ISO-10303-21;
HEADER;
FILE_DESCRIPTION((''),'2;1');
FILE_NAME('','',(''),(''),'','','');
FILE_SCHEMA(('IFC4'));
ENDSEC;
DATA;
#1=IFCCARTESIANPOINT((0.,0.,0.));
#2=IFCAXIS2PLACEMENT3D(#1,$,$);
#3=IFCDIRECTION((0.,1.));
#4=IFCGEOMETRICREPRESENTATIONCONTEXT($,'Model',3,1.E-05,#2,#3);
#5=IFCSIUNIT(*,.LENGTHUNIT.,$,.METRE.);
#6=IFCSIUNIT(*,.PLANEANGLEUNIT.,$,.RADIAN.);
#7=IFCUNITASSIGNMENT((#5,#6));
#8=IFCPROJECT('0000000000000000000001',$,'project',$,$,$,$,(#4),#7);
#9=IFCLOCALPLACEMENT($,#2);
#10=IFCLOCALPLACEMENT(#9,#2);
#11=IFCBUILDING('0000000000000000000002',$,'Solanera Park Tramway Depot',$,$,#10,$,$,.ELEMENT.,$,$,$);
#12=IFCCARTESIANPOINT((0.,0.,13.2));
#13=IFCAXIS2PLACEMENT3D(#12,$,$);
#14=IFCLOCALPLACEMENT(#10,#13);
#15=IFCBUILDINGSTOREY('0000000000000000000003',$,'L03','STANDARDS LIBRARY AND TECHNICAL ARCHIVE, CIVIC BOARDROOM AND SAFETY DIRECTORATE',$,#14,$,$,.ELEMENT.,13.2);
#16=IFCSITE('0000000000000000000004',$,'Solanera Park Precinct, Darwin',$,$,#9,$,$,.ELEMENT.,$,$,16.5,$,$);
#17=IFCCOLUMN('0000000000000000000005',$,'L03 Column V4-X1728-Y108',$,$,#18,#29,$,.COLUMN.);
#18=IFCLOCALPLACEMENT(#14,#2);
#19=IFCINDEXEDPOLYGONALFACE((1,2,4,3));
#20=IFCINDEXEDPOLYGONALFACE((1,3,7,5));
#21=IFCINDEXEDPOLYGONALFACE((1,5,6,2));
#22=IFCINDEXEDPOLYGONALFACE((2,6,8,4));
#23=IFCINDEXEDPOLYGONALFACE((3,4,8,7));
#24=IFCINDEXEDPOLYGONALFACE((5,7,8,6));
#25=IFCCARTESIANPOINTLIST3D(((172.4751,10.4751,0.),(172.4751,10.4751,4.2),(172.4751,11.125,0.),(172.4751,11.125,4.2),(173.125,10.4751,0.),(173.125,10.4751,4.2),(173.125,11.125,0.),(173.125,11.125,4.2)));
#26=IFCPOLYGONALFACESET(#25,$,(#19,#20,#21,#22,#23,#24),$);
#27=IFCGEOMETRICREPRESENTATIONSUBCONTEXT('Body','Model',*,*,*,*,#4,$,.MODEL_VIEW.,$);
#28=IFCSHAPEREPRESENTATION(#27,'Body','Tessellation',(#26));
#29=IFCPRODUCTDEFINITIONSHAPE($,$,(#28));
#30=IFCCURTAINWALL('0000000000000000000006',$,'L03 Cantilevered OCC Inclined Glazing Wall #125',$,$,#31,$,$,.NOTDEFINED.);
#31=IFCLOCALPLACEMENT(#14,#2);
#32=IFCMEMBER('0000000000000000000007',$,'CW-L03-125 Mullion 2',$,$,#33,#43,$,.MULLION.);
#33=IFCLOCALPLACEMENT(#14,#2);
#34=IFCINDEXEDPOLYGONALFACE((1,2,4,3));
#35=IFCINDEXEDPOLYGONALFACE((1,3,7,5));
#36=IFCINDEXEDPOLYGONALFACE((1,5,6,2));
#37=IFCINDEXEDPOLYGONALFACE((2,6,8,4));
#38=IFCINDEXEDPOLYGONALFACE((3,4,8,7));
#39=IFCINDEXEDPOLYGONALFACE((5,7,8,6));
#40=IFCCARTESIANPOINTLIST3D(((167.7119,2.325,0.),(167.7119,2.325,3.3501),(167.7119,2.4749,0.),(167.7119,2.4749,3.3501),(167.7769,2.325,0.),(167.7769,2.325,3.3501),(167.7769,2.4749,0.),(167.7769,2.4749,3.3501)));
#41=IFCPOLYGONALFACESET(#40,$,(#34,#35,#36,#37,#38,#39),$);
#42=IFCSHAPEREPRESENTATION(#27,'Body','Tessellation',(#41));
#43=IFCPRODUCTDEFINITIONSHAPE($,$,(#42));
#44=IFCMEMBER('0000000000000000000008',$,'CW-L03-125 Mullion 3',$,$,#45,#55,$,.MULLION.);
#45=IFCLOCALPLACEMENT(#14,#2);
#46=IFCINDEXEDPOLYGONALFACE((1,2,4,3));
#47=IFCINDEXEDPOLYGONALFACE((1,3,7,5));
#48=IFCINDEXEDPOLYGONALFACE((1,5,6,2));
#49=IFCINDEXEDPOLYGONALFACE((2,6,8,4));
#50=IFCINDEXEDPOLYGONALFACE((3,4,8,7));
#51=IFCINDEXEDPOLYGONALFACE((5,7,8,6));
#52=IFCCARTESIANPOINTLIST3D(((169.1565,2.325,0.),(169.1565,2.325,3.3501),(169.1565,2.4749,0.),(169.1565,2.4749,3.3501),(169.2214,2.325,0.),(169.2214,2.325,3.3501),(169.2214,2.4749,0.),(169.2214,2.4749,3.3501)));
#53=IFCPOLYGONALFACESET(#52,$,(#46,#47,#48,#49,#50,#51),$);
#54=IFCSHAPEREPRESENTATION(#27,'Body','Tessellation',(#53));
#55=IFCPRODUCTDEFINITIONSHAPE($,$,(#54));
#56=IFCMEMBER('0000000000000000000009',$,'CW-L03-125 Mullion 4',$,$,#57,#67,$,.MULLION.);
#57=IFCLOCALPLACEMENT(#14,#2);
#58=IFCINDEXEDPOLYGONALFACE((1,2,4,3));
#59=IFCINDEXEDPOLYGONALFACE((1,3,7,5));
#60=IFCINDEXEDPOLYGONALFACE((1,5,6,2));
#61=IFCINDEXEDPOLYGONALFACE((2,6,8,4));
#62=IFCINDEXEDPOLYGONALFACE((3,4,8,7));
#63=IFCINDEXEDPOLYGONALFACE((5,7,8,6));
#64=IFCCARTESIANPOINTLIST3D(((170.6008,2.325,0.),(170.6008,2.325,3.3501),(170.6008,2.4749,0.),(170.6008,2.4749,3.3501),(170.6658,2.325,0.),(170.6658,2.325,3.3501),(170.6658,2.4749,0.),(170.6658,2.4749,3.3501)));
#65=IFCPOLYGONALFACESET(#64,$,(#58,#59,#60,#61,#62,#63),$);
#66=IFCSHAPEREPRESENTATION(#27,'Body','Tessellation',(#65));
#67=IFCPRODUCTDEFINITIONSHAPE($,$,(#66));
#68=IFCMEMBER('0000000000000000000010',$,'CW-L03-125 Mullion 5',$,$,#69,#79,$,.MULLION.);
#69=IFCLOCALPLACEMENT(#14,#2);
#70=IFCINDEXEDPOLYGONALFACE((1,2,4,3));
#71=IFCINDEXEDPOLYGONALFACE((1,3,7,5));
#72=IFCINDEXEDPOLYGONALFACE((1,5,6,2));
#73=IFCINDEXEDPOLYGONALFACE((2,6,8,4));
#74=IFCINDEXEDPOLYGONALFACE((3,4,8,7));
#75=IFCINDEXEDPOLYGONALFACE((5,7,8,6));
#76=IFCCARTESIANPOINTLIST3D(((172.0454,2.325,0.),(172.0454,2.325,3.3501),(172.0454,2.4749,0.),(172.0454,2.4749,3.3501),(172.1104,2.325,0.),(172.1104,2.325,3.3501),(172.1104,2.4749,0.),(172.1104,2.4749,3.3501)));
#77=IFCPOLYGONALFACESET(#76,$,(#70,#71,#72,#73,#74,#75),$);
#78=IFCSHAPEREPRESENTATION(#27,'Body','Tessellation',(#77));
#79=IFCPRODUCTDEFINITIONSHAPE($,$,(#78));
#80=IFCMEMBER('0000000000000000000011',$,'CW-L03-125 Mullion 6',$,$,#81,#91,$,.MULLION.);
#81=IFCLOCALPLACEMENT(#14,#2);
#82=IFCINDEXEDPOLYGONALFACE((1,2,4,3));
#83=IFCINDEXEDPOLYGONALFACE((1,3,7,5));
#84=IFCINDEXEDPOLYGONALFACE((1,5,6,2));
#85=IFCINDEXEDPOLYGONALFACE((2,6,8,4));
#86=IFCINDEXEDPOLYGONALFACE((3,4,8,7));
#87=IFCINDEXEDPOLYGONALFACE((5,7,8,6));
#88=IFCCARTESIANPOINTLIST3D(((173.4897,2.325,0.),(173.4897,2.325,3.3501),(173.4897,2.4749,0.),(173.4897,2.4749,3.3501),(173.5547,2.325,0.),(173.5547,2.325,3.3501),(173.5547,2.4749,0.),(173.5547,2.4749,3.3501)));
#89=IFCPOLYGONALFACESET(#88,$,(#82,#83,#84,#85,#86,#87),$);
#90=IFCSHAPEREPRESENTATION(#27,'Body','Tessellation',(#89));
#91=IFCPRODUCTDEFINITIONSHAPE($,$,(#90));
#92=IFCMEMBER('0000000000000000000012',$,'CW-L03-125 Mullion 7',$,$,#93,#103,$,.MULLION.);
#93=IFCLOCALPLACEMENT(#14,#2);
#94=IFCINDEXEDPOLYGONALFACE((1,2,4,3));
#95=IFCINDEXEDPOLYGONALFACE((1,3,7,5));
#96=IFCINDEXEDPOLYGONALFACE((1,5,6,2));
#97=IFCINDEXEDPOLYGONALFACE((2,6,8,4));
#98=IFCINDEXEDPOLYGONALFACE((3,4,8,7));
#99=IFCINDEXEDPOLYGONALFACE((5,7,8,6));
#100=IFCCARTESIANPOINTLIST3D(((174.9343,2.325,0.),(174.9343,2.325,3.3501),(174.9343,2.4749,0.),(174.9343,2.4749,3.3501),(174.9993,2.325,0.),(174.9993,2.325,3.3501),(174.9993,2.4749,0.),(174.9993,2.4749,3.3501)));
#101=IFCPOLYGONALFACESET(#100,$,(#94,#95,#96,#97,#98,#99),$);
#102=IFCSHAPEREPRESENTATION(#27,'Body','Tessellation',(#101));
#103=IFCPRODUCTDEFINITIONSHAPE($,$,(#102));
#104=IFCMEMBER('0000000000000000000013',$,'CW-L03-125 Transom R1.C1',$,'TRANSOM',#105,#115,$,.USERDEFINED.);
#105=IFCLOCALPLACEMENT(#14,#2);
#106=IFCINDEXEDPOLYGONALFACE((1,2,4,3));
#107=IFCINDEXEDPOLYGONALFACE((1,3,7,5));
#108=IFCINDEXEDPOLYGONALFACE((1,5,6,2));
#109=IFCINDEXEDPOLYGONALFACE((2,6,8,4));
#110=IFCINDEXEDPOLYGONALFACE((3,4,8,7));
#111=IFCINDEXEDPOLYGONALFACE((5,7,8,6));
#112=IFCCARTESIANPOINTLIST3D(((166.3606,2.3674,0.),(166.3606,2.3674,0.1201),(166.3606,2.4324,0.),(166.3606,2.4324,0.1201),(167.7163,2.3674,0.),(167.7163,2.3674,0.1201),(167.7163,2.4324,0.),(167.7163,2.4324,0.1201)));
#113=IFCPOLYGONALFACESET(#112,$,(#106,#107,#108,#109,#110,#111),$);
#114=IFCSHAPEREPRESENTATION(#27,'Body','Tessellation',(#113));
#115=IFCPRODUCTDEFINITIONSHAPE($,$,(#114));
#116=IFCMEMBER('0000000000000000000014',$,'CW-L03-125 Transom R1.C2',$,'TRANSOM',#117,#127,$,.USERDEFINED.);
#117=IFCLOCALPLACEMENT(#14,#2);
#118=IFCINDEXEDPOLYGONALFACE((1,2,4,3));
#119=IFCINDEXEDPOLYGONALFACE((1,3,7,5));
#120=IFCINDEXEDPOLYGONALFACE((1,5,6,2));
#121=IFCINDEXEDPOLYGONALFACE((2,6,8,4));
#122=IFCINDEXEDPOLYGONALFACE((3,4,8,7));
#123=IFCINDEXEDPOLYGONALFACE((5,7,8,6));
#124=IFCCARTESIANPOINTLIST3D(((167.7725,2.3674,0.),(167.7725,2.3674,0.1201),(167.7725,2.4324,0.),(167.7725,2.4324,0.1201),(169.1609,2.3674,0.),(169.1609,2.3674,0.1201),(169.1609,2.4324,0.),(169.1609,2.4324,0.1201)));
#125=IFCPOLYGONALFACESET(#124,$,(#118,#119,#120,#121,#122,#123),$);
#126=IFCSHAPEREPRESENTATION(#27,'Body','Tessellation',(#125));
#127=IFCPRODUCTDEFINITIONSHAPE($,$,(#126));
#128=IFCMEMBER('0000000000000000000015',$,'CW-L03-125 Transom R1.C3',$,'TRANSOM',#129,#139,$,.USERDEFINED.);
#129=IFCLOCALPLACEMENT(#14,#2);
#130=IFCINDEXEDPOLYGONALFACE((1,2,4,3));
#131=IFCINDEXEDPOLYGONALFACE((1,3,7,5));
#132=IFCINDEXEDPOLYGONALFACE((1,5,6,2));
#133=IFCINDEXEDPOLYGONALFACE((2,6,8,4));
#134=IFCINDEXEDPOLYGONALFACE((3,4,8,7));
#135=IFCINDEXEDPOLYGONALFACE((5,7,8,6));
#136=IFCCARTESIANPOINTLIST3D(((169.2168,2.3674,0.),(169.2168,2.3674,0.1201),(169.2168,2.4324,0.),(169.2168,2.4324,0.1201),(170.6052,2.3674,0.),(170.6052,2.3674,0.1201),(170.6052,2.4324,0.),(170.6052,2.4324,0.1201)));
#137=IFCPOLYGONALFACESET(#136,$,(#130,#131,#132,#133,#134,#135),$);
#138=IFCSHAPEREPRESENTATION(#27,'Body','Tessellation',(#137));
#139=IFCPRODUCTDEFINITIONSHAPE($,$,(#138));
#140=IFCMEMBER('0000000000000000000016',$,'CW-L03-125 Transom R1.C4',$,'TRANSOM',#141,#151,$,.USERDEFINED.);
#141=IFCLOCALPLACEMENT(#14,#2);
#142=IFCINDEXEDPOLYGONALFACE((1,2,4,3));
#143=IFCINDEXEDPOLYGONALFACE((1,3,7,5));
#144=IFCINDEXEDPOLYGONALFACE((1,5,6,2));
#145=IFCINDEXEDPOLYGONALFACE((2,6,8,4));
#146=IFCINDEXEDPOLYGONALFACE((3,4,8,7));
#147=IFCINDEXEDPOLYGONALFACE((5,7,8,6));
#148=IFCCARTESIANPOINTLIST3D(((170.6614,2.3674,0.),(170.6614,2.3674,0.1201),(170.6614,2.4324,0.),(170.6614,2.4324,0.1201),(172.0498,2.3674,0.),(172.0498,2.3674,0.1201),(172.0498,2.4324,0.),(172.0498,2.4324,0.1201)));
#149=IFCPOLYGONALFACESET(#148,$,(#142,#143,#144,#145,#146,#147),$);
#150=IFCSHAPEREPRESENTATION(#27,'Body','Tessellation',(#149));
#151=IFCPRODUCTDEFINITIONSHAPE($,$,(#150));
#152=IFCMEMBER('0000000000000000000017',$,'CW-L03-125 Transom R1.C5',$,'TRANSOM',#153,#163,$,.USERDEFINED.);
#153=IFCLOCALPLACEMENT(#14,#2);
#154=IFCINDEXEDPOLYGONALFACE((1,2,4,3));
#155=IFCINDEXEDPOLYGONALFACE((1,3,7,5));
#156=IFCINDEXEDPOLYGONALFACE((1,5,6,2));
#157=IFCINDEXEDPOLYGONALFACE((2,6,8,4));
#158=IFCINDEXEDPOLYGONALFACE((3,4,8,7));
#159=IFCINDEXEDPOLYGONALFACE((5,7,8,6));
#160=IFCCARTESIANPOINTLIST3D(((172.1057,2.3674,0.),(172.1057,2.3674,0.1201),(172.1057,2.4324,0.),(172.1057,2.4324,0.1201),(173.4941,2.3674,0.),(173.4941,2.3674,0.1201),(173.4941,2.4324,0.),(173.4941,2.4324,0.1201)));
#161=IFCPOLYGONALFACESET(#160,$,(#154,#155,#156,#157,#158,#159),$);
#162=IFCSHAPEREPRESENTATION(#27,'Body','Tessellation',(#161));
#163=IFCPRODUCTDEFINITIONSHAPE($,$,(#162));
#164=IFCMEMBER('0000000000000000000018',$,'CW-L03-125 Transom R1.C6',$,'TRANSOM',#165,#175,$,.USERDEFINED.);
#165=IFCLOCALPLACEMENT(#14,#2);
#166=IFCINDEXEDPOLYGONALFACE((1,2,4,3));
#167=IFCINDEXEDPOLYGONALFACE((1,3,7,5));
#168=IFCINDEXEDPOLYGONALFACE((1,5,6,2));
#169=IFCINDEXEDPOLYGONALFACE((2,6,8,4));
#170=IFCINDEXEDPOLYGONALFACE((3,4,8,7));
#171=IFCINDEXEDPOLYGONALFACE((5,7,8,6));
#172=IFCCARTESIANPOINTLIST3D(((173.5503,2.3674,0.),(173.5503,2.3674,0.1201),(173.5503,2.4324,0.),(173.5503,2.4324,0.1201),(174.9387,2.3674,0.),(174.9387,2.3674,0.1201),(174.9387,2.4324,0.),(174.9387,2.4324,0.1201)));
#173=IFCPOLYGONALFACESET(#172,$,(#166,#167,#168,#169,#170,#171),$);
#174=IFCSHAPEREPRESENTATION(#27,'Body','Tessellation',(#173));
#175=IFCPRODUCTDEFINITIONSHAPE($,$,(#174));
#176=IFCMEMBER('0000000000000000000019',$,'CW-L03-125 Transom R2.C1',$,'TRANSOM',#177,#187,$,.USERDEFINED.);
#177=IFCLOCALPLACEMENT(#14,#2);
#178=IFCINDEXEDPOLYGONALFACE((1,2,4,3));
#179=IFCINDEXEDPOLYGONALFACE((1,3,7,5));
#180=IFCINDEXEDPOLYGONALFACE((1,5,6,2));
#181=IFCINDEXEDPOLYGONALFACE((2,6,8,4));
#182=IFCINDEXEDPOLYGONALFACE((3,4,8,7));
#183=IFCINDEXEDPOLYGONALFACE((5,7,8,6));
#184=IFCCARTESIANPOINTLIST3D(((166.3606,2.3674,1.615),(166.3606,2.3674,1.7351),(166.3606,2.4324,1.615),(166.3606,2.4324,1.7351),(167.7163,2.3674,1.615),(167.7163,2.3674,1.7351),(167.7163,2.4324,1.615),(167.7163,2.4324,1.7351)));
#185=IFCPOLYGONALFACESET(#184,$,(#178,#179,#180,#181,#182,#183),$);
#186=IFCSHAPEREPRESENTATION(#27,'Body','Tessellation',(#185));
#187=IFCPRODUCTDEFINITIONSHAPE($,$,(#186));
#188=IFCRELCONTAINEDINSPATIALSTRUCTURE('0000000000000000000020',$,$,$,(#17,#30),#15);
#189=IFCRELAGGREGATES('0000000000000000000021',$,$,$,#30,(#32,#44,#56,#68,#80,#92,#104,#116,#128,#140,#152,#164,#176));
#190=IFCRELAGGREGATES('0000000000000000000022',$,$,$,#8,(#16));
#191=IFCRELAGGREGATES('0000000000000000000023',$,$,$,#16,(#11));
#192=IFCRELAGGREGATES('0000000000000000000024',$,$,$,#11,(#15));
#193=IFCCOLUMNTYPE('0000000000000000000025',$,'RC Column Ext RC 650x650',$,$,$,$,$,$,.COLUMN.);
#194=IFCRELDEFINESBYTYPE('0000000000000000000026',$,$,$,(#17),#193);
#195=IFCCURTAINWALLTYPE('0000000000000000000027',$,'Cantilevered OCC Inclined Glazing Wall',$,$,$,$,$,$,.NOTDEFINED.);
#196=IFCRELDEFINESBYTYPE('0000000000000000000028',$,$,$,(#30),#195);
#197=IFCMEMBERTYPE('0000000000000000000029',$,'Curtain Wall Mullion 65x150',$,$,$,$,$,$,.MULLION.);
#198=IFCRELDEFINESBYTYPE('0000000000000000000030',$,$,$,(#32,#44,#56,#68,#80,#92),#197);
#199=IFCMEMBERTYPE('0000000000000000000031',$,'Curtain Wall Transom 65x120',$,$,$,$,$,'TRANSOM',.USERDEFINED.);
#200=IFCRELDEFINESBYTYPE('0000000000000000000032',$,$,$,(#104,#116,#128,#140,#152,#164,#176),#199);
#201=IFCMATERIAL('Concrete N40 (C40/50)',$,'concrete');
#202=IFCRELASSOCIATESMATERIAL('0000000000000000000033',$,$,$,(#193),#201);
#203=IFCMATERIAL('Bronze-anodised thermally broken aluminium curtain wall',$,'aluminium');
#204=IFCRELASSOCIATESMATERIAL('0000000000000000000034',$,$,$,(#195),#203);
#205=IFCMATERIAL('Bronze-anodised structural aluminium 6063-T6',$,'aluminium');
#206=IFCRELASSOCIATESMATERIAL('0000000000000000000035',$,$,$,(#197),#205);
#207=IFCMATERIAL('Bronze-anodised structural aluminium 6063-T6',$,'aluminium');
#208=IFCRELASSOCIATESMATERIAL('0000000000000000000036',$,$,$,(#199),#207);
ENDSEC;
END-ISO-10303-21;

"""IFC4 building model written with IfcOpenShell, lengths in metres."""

from ifc_helpers import new_model, si_unit, direction, frame, origin, origin_2d, place, context, subcontext, project, spatial, rectangle, extrude, material, material_profile, profile_set, type_object, element, aggregate, save


model = new_model("IFC4")

# Units and contexts
model_context = context("Model", 3, precision=1e-05, world=origin(), true_north=direction((0.0, 1.0)))
body_context = subcontext(model_context, "Body", "Model", "MODEL_VIEW")
ifc_project = project(units=[si_unit("LENGTHUNIT", "METRE"), si_unit("PLANEANGLEUNIT", "RADIAN")], contexts=[model_context])

# Site, building, storey
site_placement = place(None, origin())
site = spatial("IfcSite", under=ifc_project, at=site_placement, Name="Solanera Park Precinct, Darwin", CompositionType="ELEMENT", RefElevation=16.5)
building_placement = place(site_placement, origin())
building = spatial("IfcBuilding", under=site, at=building_placement, Name="Solanera Park Tramway Depot", CompositionType="ELEMENT")
storey_placement = place(building_placement, frame((0.0, 0.0, 13.2)))
storey = spatial("IfcBuildingStorey", under=building, at=storey_placement, Name="L03", Description="STANDARDS LIBRARY AND TECHNICAL ARCHIVE, CIVIC BOARDROOM AND SAFETY DIRECTORATE", CompositionType="ELEMENT", Elevation=13.2)

# Column
ifc_material_1 = material(Name="Concrete N40 (C40/50)", Category="concrete")
ifc_material_profile_1 = material_profile(ifc_material_1, rectangle(XDim=0.6499, YDim=0.6499, at=origin_2d()), Name="RC 650x650")
ifc_profile_set_1 = profile_set([ifc_material_profile_1], Name="Concrete N40 (C40/50)")
column_type = type_object("IfcColumnType", Name="RC Column Ext RC 650x650", PredefinedType="COLUMN", material=ifc_profile_set_1)
column_placement = place(storey_placement, frame((172.8, 10.8, 0.0), z_axis=(0.0, 0.0, 1.0), x_axis=(1.0, 0.0, 0.0)))
element("IfcColumn", 1, at=column_placement, inside=storey, type_object=column_type, Name="L03 Column V4-X1728-Y108", PredefinedType="COLUMN", context=body_context, shape_type="SweptSolid", body=[
    extrude(rectangle(XDim=0.6499, YDim=0.6499, at=origin_2d()), origin(), (0.0, 0.0, 1.0), 4.2),
])

# Curtain wall, members
ifc_material_2 = material(Name="Bronze-anodised thermally broken aluminium curtain wall", Category="aluminium")
curtain_wall_type = type_object("IfcCurtainWallType", Name="Cantilevered OCC Inclined Glazing Wall", PredefinedType="NOTDEFINED", material=ifc_material_2)
curtain_wall_placement = place(storey_placement, origin())
curtain_wall = element("IfcCurtainWall", 2, at=curtain_wall_placement, inside=storey, type_object=curtain_wall_type, Name="L03 Cantilevered OCC Inclined Glazing Wall #125", PredefinedType="NOTDEFINED")
ifc_material_3 = material(Name="Bronze-anodised structural aluminium 6063-T6", Category="aluminium")
ifc_material_profile_2 = material_profile(ifc_material_3, rectangle(XDim=0.0649, YDim=0.1499, at=origin_2d()), Name="Curtain Wall Mullion 65x150")
ifc_profile_set_2 = profile_set([ifc_material_profile_2], Name="Bronze-anodised structural aluminium 6063-T6")
member_type_1 = type_object("IfcMemberType", Name="Curtain Wall Mullion 65x150", PredefinedType="MULLION", material=ifc_profile_set_2)
member_1_placement = place(storey_placement, frame((167.7444, 2.3999, 0.0), z_axis=(0.0, 0.0, 1.0), x_axis=(1.0, 0.0, 0.0)))
member_1 = element("IfcMember", 3, at=member_1_placement, type_object=member_type_1, Name="CW-L03-125 Mullion 2", PredefinedType="MULLION", context=body_context, shape_type="SweptSolid", body=[
    extrude(rectangle(XDim=0.0649, YDim=0.1499, at=origin_2d()), origin(), (0.0, 0.0, 1.0), 3.3501),
])
member_2_placement = place(storey_placement, frame((169.189, 2.3999, 0.0), z_axis=(0.0, 0.0, 1.0), x_axis=(1.0, 0.0, 0.0)))
member_2 = element("IfcMember", 4, at=member_2_placement, type_object=member_type_1, Name="CW-L03-125 Mullion 3", PredefinedType="MULLION", context=body_context, shape_type="SweptSolid", body=[
    extrude(rectangle(XDim=0.0649, YDim=0.1499, at=origin_2d()), origin(), (0.0, 0.0, 1.0), 3.3501),
])
member_3_placement = place(storey_placement, frame((170.6333, 2.3999, 0.0), z_axis=(0.0, 0.0, 1.0), x_axis=(1.0, 0.0, 0.0)))
member_3 = element("IfcMember", 5, at=member_3_placement, type_object=member_type_1, Name="CW-L03-125 Mullion 4", PredefinedType="MULLION", context=body_context, shape_type="SweptSolid", body=[
    extrude(rectangle(XDim=0.0649, YDim=0.1499, at=origin_2d()), origin(), (0.0, 0.0, 1.0), 3.3501),
])
member_4_placement = place(storey_placement, frame((172.0779, 2.3999, 0.0), z_axis=(0.0, 0.0, 1.0), x_axis=(1.0, 0.0, 0.0)))
member_4 = element("IfcMember", 6, at=member_4_placement, type_object=member_type_1, Name="CW-L03-125 Mullion 5", PredefinedType="MULLION", context=body_context, shape_type="SweptSolid", body=[
    extrude(rectangle(XDim=0.0649, YDim=0.1499, at=origin_2d()), origin(), (0.0, 0.0, 1.0), 3.3501),
])
member_5_placement = place(storey_placement, frame((173.5222, 2.3999, 0.0), z_axis=(0.0, 0.0, 1.0), x_axis=(1.0, 0.0, 0.0)))
member_5 = element("IfcMember", 7, at=member_5_placement, type_object=member_type_1, Name="CW-L03-125 Mullion 6", PredefinedType="MULLION", context=body_context, shape_type="SweptSolid", body=[
    extrude(rectangle(XDim=0.0649, YDim=0.1499, at=origin_2d()), origin(), (0.0, 0.0, 1.0), 3.3501),
])
member_6_placement = place(storey_placement, frame((174.9668, 2.3999, 0.0), z_axis=(0.0, 0.0, 1.0), x_axis=(1.0, 0.0, 0.0)))
member_6 = element("IfcMember", 8, at=member_6_placement, type_object=member_type_1, Name="CW-L03-125 Mullion 7", PredefinedType="MULLION", context=body_context, shape_type="SweptSolid", body=[
    extrude(rectangle(XDim=0.0649, YDim=0.1499, at=origin_2d()), origin(), (0.0, 0.0, 1.0), 3.3501),
])
ifc_material_4 = material(Name="Bronze-anodised structural aluminium 6063-T6", Category="aluminium")
ifc_material_profile_3 = material_profile(ifc_material_4, rectangle(XDim=0.0649, YDim=0.1201, at=origin_2d()), Name="Curtain Wall Transom 65x120")
ifc_profile_set_3 = profile_set([ifc_material_profile_3], Name="Bronze-anodised structural aluminium 6063-T6")
member_type_2 = type_object("IfcMemberType", Name="Curtain Wall Transom 65x120", ElementType="TRANSOM", PredefinedType="USERDEFINED", material=ifc_profile_set_3)
member_7_placement = place(storey_placement, frame((166.3606, 2.3999, 0.0601), z_axis=(1.0, 0.0, 0.0), x_axis=(0.0, 1.0, 0.0)))
member_7 = element("IfcMember", 9, at=member_7_placement, type_object=member_type_2, Name="CW-L03-125 Transom R1.C1", ObjectType="TRANSOM", PredefinedType="USERDEFINED", context=body_context, shape_type="SweptSolid", body=[
    extrude(rectangle(XDim=0.0649, YDim=0.1201, at=origin_2d()), origin(), (0.0, 0.0, 1.0), 1.3557),
])
member_8_placement = place(storey_placement, frame((167.7725, 2.3999, 0.0601), z_axis=(1.0, 0.0, 0.0), x_axis=(0.0, 1.0, 0.0)))
member_8 = element("IfcMember", 10, at=member_8_placement, type_object=member_type_2, Name="CW-L03-125 Transom R1.C2", ObjectType="TRANSOM", PredefinedType="USERDEFINED", context=body_context, shape_type="SweptSolid", body=[
    extrude(rectangle(XDim=0.0649, YDim=0.1201, at=origin_2d()), origin(), (0.0, 0.0, 1.0), 1.3884),
])
member_9_placement = place(storey_placement, frame((169.2168, 2.3999, 0.0601), z_axis=(1.0, 0.0, 0.0), x_axis=(0.0, 1.0, 0.0)))
member_9 = element("IfcMember", 11, at=member_9_placement, type_object=member_type_2, Name="CW-L03-125 Transom R1.C3", ObjectType="TRANSOM", PredefinedType="USERDEFINED", context=body_context, shape_type="SweptSolid", body=[
    extrude(rectangle(XDim=0.0649, YDim=0.1201, at=origin_2d()), origin(), (0.0, 0.0, 1.0), 1.3884),
])
member_10_placement = place(storey_placement, frame((170.6614, 2.3999, 0.0601), z_axis=(1.0, 0.0, 0.0), x_axis=(0.0, 1.0, 0.0)))
member_10 = element("IfcMember", 12, at=member_10_placement, type_object=member_type_2, Name="CW-L03-125 Transom R1.C4", ObjectType="TRANSOM", PredefinedType="USERDEFINED", context=body_context, shape_type="SweptSolid", body=[
    extrude(rectangle(XDim=0.0649, YDim=0.1201, at=origin_2d()), origin(), (0.0, 0.0, 1.0), 1.3884),
])
member_11_placement = place(storey_placement, frame((172.1057, 2.3999, 0.0601), z_axis=(1.0, 0.0, 0.0), x_axis=(0.0, 1.0, 0.0)))
member_11 = element("IfcMember", 13, at=member_11_placement, type_object=member_type_2, Name="CW-L03-125 Transom R1.C5", ObjectType="TRANSOM", PredefinedType="USERDEFINED", context=body_context, shape_type="SweptSolid", body=[
    extrude(rectangle(XDim=0.0649, YDim=0.1201, at=origin_2d()), origin(), (0.0, 0.0, 1.0), 1.3884),
])
member_12_placement = place(storey_placement, frame((173.5503, 2.3999, 0.0601), z_axis=(1.0, 0.0, 0.0), x_axis=(0.0, 1.0, 0.0)))
member_12 = element("IfcMember", 14, at=member_12_placement, type_object=member_type_2, Name="CW-L03-125 Transom R1.C6", ObjectType="TRANSOM", PredefinedType="USERDEFINED", context=body_context, shape_type="SweptSolid", body=[
    extrude(rectangle(XDim=0.0649, YDim=0.1201, at=origin_2d()), origin(), (0.0, 0.0, 1.0), 1.3884),
])
member_13_placement = place(storey_placement, frame((166.3606, 2.3999, 1.675), z_axis=(1.0, 0.0, 0.0), x_axis=(0.0, 1.0, 0.0)))
member_13 = element("IfcMember", 15, at=member_13_placement, type_object=member_type_2, Name="CW-L03-125 Transom R2.C1", ObjectType="TRANSOM", PredefinedType="USERDEFINED", context=body_context, shape_type="SweptSolid", body=[
    extrude(rectangle(XDim=0.0649, YDim=0.1201, at=origin_2d()), origin(), (0.0, 0.0, 1.0), 1.3557),
])

aggregate(curtain_wall, [member_1, member_2, member_3, member_4, member_5, member_6, member_7, member_8, member_9, member_10, member_11, member_12, member_13])

save(model, "model.ifc")
